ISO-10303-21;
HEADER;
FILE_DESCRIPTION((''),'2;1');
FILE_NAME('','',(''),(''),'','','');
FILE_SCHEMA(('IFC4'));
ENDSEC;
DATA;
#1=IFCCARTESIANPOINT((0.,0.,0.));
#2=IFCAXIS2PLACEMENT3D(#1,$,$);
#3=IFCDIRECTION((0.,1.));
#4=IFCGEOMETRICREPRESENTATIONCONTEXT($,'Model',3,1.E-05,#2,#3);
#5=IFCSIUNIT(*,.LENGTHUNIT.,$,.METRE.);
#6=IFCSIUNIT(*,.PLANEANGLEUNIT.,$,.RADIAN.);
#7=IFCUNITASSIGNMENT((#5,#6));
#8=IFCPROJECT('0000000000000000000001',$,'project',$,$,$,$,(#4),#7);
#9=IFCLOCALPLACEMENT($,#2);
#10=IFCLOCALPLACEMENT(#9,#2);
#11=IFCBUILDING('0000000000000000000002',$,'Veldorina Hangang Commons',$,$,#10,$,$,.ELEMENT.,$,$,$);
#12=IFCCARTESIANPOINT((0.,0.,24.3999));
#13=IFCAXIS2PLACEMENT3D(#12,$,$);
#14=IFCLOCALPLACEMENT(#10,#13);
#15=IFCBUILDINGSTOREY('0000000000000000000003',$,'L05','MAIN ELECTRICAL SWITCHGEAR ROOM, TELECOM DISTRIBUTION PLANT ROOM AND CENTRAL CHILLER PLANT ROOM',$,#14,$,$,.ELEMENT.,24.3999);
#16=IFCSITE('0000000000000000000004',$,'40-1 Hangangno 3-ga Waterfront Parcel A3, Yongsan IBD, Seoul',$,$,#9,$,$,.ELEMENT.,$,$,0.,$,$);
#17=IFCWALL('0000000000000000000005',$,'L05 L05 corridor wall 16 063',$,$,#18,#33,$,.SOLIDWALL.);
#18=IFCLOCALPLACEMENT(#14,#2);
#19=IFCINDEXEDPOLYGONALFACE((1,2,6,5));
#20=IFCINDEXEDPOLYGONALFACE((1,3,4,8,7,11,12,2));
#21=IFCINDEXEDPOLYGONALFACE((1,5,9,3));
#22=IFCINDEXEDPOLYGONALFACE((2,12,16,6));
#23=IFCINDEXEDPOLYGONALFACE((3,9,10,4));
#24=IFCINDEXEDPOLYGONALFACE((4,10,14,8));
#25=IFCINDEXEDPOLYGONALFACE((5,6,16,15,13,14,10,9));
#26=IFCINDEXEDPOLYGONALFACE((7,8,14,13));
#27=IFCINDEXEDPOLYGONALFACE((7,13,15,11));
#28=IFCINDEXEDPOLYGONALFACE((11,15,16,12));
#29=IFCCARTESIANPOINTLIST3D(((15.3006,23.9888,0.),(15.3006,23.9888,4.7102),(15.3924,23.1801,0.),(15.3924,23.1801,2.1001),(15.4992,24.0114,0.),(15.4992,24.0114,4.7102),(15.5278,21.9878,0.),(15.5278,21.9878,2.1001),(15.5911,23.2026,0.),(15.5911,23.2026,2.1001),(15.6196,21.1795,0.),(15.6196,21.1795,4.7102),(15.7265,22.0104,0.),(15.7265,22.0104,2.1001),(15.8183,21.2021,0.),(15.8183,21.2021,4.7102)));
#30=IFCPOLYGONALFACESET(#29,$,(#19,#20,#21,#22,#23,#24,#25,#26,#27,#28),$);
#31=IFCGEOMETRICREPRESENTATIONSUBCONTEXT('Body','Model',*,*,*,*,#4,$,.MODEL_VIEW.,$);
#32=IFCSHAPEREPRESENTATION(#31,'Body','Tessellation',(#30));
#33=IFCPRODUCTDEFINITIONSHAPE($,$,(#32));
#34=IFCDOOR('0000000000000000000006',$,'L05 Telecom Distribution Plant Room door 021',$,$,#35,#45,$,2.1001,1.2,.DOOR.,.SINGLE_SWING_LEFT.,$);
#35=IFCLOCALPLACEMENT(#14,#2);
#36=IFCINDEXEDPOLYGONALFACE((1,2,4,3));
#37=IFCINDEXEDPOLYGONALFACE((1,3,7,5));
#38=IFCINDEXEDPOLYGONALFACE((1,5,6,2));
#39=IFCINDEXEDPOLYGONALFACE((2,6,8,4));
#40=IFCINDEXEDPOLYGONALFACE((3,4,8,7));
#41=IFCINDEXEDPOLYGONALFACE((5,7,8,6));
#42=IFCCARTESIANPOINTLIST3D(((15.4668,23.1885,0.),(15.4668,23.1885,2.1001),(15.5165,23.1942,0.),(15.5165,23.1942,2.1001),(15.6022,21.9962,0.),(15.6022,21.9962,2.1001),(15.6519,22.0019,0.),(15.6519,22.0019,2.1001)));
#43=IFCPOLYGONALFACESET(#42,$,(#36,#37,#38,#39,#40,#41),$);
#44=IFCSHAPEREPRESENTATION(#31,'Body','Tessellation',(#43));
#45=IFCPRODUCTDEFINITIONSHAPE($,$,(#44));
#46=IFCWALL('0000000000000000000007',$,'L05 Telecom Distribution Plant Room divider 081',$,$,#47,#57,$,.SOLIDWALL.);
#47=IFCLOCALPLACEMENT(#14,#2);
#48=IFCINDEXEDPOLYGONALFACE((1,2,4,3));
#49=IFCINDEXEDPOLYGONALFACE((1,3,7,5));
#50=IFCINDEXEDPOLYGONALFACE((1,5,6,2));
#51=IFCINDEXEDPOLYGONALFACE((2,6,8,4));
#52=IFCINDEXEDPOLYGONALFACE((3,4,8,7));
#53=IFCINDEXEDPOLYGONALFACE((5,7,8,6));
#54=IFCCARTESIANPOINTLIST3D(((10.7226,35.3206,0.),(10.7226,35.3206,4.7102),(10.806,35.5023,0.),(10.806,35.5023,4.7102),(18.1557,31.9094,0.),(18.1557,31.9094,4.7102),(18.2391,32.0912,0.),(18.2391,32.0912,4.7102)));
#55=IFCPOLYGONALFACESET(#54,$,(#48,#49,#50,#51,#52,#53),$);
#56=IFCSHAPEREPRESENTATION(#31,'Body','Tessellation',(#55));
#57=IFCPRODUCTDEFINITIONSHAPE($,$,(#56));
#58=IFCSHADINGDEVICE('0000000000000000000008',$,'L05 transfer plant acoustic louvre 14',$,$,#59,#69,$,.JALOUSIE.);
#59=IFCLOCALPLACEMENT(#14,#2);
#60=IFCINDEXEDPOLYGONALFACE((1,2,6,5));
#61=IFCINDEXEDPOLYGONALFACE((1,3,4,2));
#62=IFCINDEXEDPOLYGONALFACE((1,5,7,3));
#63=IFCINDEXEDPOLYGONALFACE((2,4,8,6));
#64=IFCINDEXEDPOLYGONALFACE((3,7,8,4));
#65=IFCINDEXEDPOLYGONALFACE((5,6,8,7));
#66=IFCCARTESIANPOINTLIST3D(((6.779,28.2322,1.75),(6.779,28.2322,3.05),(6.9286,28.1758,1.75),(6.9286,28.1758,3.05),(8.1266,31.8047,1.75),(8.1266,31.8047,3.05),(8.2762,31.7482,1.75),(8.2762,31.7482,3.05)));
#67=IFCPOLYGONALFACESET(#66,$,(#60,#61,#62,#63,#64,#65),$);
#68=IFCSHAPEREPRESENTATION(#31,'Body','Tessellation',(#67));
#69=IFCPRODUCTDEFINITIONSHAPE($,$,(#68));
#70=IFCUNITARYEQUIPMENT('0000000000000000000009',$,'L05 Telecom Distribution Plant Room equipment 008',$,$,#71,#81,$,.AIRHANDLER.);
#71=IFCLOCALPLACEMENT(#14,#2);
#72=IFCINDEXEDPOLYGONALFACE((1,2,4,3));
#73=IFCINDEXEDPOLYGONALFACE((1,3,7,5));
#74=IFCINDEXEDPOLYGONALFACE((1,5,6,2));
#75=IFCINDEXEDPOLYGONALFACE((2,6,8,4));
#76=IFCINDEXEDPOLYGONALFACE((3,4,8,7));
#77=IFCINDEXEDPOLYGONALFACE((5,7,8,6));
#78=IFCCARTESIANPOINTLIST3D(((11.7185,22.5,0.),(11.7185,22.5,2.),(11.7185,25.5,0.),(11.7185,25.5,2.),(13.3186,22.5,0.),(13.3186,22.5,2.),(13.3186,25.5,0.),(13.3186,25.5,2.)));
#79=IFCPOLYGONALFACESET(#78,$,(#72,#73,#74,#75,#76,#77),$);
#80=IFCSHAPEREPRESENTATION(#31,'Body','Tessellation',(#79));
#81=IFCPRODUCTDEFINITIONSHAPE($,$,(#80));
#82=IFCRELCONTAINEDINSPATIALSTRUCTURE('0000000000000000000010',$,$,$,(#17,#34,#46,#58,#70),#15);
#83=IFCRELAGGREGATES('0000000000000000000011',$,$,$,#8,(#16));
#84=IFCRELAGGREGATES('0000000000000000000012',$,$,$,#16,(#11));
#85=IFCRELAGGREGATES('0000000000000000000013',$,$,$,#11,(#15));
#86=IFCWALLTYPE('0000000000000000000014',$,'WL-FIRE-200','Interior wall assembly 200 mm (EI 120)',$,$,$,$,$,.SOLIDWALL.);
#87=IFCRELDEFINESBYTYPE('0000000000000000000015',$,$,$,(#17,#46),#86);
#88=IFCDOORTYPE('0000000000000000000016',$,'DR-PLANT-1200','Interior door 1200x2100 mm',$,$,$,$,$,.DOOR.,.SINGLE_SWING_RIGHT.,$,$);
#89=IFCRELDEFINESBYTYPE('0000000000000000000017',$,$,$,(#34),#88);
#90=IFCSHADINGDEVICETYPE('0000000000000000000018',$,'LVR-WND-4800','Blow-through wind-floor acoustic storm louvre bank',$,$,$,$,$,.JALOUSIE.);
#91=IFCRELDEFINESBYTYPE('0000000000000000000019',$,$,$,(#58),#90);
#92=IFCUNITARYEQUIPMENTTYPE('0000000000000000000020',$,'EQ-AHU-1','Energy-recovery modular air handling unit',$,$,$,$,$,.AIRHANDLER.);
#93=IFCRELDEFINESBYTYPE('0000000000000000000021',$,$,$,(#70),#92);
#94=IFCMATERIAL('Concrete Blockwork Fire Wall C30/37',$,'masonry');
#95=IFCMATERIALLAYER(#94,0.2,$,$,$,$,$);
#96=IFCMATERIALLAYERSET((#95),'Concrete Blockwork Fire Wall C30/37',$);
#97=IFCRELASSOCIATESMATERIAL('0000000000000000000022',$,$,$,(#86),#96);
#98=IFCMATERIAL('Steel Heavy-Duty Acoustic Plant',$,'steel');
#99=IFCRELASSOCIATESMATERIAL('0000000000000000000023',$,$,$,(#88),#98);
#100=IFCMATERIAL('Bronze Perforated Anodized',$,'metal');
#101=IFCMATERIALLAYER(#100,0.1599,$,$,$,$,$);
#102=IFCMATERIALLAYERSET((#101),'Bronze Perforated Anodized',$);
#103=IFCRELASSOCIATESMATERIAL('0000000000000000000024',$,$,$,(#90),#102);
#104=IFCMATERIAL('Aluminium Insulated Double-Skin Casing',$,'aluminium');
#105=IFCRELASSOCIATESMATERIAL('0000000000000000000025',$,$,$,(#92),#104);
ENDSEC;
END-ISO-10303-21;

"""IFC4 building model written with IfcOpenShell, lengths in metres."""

from ifc_helpers import new_model, si_unit, direction, frame, frame_2d, origin, origin_2d, place, context, subcontext, project, spatial, rectangle, extrude, material, layer, layer_set, type_object, element, fill, save


model = new_model("IFC4")

# Units and contexts
model_context = context("Model", 3, precision=1e-05, world=origin(), true_north=direction((0.0, 1.0)))
body_context = subcontext(model_context, "Body", "Model", "MODEL_VIEW")
ifc_project = project(units=[si_unit("LENGTHUNIT", "METRE"), si_unit("PLANEANGLEUNIT", "RADIAN")], contexts=[model_context])

# Site, building, storey
site_placement = place(None, origin())
site = spatial("IfcSite", under=ifc_project, at=site_placement, Name="40-1 Hangangno 3-ga Waterfront Parcel A3, Yongsan IBD, Seoul", CompositionType="ELEMENT", RefElevation=0.0)
building_placement = place(site_placement, origin())
building = spatial("IfcBuilding", under=site, at=building_placement, Name="Veldorina Hangang Commons", CompositionType="ELEMENT")
storey_placement = place(building_placement, frame((0.0, 0.0, 24.3999)))
storey = spatial("IfcBuildingStorey", under=building, at=storey_placement, Name="L05", Description="MAIN ELECTRICAL SWITCHGEAR ROOM, TELECOM DISTRIBUTION PLANT ROOM AND CENTRAL CHILLER PLANT ROOM", CompositionType="ELEMENT", Elevation=24.3999)

# Shared definitions
ifc_material_1 = material(Name="Concrete Blockwork Fire Wall C30/37", Category="masonry")
ifc_layer_1 = layer(ifc_material_1, 0.2)
ifc_layer_set_1 = layer_set([ifc_layer_1], Name="Concrete Blockwork Fire Wall C30/37")
wall_type_1 = type_object("IfcWallType", Name="WL-FIRE-200", Description="Interior wall assembly 200 mm (EI 120)", PredefinedType="SOLIDWALL", material=ifc_layer_set_1)

# Wall, opening, door
wall_1_placement = place(storey_placement, frame((15.3999, 24.0, 0.0), z_axis=(0.0, 0.0, 1.0), x_axis=(0.112857, -0.993611, 0.0)))
wall_1 = element("IfcWall", 1, at=wall_1_placement, inside=storey, type_object=wall_type_1, Name="L05 L05 corridor wall 16 063", PredefinedType="SOLIDWALL", context=body_context, shape_type="SweptSolid", body=[
    extrude(rectangle(XDim=2.8274, YDim=0.2, at=frame_2d((1.4136, 0.0))), origin(), (0.0, 0.0, 1.0), 4.7102),
])
opening_placement = place(wall_1_placement, frame((0.8137, 0.0, 0.0)))
opening = element("IfcOpeningElement", 2, at=opening_placement, cuts=wall_1, PredefinedType="OPENING", context=body_context, shape_type="SweptSolid", body=[
    extrude(rectangle(XDim=1.2, YDim=2.1001, at=frame_2d((0.6001, 1.05))), frame((0.0, 0.1099, 0.0), z_axis=(0.0, -1.0, 0.0), x_axis=(1.0, 0.0, 0.0)), (0.0, 0.0, 1.0), 0.22),
])
ifc_material_2 = material(Name="Steel Heavy-Duty Acoustic Plant", Category="steel")
door_type = type_object("IfcDoorType", Name="DR-PLANT-1200", Description="Interior door 1200x2100 mm", OperationType="SINGLE_SWING_RIGHT", PredefinedType="DOOR", material=ifc_material_2)
door_placement = place(opening_placement, origin())
door = element("IfcDoor", 3, at=door_placement, inside=storey, type_object=door_type, Name="L05 Telecom Distribution Plant Room door 021", OperationType="SINGLE_SWING_LEFT", OverallHeight=2.1001, OverallWidth=1.2, PredefinedType="DOOR", context=body_context, shape_type="SweptSolid", body=[
    extrude(rectangle(XDim=1.2, YDim=2.1001, at=frame_2d((0.6001, 1.05))), frame((0.0, 0.0249, 0.0), z_axis=(0.0, -1.0, 0.0), x_axis=(1.0, 0.0, 0.0)), (0.0, 0.0, 1.0), 0.05),
])
fill(opening, door)

# Wall
wall_2_placement = place(storey_placement, frame((18.1975, 32.0002, 0.0), z_axis=(0.0, 0.0, 1.0), x_axis=(-0.908866, 0.417088, 0.0)))
element("IfcWall", 4, at=wall_2_placement, inside=storey, type_object=wall_type_1, Name="L05 Telecom Distribution Plant Room divider 081", PredefinedType="SOLIDWALL", context=body_context, shape_type="SweptSolid", body=[
    extrude(rectangle(XDim=8.1785, YDim=0.2, at=frame_2d((4.0894, 0.0))), origin(), (0.0, 0.0, 1.0), 4.7102),
])

# Shading device
ifc_material_3 = material(Name="Bronze Perforated Anodized", Category="metal")
ifc_layer_2 = layer(ifc_material_3, 0.1599)
ifc_layer_set_2 = layer_set([ifc_layer_2], Name="Bronze Perforated Anodized")
shading_device_type = type_object("IfcShadingDeviceType", Name="LVR-WND-4800", Description="Blow-through wind-floor acoustic storm louvre bank", PredefinedType="JALOUSIE", material=ifc_layer_set_2)
shading_device_placement = place(storey_placement, frame((7.5276, 29.9902, 1.75), z_axis=(0.0, 0.0, 1.0), x_axis=(-0.352936, -0.935647, 0.0)))
element("IfcShadingDevice", 5, at=shading_device_placement, inside=storey, type_object=shading_device_type, Name="L05 transfer plant acoustic louvre 14", PredefinedType="JALOUSIE", context=body_context, shape_type="SweptSolid", body=[
    extrude(rectangle(XDim=3.8181, YDim=0.1599, at=origin_2d()), origin(), (0.0, 0.0, 1.0), 1.3),
])

# Unitary equipment
ifc_material_4 = material(Name="Aluminium Insulated Double-Skin Casing", Category="aluminium")
unitary_equipment_type = type_object("IfcUnitaryEquipmentType", Name="EQ-AHU-1", Description="Energy-recovery modular air handling unit", PredefinedType="AIRHANDLER", material=ifc_material_4)
unitary_equipment_placement = place(storey_placement, frame((12.5186, 24.0, 0.0), z_axis=(0.0, 0.0, 1.0), x_axis=(1.0, 0.0, 0.0)))
element("IfcUnitaryEquipment", 6, at=unitary_equipment_placement, inside=storey, type_object=unitary_equipment_type, Name="L05 Telecom Distribution Plant Room equipment 008", PredefinedType="AIRHANDLER", context=body_context, shape_type="SweptSolid", body=[
    extrude(rectangle(XDim=1.6001, YDim=3.0, at=origin_2d()), origin(), (0.0, 0.0, 1.0), 2.0),
])

save(model, "model.ifc")
